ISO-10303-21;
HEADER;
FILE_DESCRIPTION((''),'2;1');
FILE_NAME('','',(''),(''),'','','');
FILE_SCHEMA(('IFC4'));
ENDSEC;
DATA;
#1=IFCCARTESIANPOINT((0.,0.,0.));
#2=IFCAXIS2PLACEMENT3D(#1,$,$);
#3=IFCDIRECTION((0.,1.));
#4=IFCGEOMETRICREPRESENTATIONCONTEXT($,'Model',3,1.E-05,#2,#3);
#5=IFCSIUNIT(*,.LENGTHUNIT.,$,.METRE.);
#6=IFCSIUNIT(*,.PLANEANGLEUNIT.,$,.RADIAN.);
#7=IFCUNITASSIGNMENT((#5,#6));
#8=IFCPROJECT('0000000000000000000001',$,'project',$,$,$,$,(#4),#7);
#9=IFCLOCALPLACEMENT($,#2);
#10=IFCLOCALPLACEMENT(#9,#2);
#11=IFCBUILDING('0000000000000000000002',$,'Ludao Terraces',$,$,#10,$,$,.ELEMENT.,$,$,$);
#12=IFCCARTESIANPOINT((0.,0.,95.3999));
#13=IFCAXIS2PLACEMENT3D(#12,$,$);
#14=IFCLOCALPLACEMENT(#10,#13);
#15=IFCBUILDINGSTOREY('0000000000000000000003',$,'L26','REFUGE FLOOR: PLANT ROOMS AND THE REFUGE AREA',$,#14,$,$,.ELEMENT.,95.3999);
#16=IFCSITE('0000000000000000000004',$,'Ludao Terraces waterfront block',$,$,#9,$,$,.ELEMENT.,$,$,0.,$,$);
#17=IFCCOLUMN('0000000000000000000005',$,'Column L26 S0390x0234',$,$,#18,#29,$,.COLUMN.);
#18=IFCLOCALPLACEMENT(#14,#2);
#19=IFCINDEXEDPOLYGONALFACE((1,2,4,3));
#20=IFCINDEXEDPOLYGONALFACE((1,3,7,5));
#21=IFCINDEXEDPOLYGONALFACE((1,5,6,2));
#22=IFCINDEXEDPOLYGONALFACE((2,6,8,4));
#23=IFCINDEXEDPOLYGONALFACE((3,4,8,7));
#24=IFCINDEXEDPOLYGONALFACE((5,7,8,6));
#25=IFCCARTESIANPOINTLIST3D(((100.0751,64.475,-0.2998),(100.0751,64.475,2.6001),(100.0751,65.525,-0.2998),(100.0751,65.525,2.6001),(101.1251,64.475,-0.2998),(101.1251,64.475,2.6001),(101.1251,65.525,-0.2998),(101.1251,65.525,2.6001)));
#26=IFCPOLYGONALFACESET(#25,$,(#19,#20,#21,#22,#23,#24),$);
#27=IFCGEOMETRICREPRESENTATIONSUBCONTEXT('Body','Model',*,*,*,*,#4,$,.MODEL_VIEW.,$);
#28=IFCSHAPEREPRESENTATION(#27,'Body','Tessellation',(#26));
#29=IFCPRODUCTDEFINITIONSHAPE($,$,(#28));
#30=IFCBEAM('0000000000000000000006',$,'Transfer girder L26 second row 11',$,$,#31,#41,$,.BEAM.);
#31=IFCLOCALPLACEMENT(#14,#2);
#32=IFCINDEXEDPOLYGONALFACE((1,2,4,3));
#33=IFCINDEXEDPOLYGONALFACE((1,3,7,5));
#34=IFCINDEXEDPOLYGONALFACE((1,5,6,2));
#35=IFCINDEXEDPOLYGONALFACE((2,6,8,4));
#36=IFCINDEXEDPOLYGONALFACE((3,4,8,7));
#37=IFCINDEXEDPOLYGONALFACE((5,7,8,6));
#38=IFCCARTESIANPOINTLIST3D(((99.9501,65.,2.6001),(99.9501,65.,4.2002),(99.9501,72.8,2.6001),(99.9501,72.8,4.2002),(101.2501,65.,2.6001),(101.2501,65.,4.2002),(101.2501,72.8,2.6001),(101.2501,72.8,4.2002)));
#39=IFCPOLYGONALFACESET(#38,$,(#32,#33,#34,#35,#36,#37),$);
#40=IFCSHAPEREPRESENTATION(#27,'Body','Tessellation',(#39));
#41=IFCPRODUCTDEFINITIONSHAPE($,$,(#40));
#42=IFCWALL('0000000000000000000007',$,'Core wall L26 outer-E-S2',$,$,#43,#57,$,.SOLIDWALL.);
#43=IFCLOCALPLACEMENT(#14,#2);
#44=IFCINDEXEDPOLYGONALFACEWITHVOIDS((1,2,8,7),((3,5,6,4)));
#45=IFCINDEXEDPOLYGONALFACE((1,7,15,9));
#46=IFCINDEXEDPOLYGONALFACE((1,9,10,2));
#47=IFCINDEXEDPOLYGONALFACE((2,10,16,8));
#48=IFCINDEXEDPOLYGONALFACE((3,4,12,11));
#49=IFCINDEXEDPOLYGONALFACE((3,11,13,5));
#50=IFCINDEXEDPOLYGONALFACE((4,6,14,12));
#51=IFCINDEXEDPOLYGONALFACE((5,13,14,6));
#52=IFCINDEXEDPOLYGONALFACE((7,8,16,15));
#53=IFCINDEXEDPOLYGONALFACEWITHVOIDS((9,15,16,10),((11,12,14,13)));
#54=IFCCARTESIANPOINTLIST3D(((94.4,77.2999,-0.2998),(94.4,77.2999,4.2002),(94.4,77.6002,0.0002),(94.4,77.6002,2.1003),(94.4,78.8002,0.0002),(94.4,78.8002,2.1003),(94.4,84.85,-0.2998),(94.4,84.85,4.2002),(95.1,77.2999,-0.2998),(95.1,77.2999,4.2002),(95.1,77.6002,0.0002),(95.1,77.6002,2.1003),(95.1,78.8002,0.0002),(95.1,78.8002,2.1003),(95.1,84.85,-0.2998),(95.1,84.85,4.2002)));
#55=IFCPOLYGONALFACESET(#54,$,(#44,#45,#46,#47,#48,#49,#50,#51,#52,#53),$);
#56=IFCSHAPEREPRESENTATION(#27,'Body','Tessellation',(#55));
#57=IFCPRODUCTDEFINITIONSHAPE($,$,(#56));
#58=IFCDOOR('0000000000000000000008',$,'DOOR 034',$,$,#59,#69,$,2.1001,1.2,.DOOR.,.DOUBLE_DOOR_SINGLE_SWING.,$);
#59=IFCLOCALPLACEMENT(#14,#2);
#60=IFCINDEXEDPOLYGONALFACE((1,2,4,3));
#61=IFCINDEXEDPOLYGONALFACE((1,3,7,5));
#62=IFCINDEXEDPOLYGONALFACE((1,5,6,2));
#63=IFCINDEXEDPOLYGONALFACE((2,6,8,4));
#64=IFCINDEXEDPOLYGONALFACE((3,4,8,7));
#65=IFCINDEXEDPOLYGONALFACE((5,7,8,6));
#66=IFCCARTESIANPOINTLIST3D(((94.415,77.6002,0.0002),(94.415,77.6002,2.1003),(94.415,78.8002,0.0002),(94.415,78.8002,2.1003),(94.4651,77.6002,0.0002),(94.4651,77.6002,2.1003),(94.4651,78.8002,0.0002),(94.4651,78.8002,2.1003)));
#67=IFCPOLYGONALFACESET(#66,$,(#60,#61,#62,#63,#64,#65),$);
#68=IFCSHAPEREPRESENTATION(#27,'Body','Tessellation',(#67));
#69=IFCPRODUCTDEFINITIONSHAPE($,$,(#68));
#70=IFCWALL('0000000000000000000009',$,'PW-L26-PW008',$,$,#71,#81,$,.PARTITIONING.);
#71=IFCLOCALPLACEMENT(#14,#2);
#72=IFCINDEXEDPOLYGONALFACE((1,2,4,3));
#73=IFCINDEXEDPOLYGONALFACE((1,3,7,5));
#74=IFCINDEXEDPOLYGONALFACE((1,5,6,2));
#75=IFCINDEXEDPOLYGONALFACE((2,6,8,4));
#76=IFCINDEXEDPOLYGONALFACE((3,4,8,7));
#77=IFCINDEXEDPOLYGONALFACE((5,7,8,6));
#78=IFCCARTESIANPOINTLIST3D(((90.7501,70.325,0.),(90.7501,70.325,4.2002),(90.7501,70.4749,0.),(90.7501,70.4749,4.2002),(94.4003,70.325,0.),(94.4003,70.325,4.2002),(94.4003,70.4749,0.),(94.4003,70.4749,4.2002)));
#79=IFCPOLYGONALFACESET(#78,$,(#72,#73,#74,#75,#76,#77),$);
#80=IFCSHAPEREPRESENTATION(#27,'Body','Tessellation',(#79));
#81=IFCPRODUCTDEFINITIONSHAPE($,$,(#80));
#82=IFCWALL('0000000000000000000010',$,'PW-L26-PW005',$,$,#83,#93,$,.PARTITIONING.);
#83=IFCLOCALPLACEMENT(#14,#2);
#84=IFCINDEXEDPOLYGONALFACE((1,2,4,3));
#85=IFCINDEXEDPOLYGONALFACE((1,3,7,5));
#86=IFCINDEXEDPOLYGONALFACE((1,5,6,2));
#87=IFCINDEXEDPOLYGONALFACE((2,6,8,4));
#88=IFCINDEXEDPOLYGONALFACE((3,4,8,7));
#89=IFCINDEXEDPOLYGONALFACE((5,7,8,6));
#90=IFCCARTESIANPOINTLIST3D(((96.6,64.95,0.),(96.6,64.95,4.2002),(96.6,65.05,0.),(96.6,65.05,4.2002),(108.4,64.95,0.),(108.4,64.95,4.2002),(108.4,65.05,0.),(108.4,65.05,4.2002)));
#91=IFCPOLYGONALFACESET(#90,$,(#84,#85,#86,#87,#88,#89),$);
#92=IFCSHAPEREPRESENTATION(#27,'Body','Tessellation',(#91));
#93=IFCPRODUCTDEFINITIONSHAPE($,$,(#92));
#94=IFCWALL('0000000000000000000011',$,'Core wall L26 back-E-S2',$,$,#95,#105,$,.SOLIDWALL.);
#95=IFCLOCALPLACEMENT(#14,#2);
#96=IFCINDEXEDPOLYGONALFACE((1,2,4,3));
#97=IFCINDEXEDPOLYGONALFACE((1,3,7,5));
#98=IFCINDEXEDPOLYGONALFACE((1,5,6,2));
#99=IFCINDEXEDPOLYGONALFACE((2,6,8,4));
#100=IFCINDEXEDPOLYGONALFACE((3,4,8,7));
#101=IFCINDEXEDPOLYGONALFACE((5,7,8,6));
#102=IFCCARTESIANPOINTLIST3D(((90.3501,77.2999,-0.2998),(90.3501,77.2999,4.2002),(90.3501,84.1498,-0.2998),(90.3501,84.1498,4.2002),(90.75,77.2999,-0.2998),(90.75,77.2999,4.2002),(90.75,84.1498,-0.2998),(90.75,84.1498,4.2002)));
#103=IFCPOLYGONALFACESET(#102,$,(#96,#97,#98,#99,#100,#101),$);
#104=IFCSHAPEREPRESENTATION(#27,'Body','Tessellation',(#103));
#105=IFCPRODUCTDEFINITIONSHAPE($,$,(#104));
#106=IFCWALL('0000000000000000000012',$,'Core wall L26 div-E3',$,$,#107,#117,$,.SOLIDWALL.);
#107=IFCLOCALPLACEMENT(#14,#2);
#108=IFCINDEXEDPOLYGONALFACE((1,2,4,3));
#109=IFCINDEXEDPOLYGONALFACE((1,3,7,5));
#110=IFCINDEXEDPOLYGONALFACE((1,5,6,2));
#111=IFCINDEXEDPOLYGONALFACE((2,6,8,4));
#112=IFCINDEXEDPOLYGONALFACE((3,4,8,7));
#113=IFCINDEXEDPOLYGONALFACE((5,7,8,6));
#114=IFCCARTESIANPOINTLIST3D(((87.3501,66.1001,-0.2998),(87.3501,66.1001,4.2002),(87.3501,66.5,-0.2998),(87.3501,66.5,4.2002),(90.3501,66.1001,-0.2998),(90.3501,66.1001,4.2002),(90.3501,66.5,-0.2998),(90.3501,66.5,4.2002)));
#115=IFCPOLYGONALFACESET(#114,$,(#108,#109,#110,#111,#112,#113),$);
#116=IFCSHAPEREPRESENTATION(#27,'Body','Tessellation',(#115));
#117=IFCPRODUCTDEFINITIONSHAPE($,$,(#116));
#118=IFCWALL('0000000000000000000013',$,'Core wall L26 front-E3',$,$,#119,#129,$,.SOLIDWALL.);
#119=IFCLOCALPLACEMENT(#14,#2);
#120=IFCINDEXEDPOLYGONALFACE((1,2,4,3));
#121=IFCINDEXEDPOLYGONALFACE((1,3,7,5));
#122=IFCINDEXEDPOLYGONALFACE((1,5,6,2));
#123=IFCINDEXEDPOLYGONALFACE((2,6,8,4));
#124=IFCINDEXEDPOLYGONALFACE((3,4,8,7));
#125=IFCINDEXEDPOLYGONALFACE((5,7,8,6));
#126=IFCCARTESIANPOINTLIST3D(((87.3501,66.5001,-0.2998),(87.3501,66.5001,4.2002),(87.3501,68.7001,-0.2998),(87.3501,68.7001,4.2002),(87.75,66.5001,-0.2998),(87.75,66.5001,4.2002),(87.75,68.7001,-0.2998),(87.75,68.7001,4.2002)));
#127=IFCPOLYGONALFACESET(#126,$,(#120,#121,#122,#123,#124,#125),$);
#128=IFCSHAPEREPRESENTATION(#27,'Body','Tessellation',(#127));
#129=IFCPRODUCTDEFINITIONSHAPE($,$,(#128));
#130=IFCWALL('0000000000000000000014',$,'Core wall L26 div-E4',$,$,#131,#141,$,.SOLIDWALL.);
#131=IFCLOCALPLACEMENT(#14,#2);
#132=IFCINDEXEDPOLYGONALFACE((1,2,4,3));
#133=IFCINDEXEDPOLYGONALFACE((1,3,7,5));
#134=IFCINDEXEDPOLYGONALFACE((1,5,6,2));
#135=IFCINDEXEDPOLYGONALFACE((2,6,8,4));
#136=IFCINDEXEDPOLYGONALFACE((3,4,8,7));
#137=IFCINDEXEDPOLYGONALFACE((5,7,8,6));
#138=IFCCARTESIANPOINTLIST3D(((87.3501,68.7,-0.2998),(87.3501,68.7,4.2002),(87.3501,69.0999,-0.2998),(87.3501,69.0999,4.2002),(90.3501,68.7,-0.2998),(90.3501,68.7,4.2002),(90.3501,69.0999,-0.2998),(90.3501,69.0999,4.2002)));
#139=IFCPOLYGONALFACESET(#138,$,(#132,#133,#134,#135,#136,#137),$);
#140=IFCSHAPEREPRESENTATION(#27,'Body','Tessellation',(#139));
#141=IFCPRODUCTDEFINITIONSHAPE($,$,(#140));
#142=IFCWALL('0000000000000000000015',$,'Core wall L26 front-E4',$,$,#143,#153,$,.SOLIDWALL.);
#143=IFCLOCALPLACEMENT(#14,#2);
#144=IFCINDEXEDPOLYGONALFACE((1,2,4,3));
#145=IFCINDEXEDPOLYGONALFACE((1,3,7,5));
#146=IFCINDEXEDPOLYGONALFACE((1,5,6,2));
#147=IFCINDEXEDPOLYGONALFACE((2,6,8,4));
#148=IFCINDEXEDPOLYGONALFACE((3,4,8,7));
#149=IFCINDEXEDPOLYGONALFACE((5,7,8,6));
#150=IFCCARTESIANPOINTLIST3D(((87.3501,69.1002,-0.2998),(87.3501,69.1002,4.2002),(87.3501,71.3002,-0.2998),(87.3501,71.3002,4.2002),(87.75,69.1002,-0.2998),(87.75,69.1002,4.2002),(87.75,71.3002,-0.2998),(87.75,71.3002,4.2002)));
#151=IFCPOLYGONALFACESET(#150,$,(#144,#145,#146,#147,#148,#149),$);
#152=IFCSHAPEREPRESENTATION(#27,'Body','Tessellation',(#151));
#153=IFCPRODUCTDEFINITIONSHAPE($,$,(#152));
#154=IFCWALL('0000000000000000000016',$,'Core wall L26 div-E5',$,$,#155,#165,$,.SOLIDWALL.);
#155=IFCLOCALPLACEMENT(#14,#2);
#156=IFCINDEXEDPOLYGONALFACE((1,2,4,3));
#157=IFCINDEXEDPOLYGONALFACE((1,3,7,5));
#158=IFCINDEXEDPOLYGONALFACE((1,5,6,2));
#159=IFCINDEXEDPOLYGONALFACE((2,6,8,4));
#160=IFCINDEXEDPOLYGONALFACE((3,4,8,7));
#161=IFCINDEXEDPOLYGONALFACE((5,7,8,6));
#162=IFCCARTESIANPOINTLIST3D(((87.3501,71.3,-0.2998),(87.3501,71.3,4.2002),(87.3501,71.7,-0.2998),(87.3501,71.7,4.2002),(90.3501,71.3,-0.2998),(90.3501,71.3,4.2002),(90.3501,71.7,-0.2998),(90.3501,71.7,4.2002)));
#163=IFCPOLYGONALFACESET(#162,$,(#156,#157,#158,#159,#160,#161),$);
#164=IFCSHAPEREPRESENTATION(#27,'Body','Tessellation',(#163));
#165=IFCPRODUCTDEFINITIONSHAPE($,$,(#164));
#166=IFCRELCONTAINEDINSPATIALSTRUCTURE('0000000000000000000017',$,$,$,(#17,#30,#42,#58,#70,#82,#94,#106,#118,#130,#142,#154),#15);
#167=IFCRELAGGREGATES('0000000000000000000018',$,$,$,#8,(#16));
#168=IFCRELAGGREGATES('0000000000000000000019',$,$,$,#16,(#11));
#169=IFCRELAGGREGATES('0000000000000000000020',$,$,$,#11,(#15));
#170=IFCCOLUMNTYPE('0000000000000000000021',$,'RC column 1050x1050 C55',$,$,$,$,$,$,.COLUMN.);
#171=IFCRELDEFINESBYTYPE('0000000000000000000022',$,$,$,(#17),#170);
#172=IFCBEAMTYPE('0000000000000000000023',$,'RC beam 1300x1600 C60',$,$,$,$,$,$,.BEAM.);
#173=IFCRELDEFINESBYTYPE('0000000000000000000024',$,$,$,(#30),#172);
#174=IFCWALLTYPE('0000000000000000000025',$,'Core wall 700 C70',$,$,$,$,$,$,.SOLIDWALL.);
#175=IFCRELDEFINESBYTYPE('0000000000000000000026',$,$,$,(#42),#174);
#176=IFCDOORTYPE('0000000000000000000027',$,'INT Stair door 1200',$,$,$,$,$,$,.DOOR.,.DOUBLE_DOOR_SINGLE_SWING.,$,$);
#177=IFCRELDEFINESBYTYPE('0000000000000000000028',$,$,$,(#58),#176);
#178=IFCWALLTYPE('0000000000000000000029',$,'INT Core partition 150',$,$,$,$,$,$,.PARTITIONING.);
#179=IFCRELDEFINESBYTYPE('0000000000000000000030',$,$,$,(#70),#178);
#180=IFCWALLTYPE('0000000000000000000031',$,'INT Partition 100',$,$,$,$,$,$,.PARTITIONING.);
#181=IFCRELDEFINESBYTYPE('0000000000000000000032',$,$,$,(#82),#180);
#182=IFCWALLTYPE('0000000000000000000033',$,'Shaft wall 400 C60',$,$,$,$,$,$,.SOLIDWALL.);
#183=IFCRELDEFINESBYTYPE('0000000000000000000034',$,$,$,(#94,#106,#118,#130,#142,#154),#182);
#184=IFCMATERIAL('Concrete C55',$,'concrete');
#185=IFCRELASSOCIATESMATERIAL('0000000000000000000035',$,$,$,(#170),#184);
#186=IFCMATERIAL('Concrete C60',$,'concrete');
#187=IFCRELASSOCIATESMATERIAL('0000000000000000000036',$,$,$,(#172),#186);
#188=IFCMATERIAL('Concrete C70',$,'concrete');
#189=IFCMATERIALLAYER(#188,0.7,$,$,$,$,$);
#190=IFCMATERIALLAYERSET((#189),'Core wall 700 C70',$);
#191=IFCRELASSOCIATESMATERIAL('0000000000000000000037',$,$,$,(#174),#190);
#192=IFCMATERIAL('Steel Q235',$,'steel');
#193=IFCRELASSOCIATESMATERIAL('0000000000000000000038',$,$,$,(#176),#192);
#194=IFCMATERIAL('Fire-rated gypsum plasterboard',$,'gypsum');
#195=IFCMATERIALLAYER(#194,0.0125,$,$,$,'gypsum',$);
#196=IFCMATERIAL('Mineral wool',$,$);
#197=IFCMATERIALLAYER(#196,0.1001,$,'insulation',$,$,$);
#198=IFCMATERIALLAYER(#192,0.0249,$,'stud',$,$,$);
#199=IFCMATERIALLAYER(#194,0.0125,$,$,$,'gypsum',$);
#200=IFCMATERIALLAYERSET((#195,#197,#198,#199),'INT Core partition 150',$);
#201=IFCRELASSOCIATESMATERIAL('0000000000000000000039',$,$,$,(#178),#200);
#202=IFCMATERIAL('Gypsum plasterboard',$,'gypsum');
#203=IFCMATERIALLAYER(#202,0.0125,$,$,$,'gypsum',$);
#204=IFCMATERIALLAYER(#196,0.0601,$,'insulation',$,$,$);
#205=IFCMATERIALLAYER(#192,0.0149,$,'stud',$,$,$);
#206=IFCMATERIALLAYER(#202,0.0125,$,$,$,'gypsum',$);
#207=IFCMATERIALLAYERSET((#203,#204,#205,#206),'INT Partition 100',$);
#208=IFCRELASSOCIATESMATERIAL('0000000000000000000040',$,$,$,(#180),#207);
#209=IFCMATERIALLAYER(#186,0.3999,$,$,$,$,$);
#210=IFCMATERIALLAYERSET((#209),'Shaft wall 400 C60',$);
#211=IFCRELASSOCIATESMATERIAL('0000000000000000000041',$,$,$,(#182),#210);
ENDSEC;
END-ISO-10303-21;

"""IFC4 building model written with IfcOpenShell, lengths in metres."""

from ifc_helpers import new_model, si_unit, direction, frame, frame_2d, origin, origin_2d, place, context, subcontext, project, spatial, rectangle, extrude, material, layer, layer_set, material_profile, profile_set, type_object, element, fill, save


model = new_model("IFC4")

# Units and contexts
model_context = context("Model", 3, precision=1e-05, world=origin(), true_north=direction((0.0, 1.0)))
body_context = subcontext(model_context, "Body", "Model", "MODEL_VIEW")
ifc_project = project(units=[si_unit("LENGTHUNIT", "METRE"), si_unit("PLANEANGLEUNIT", "RADIAN")], contexts=[model_context])

# Site, building, storey
site_placement = place(None, origin())
site = spatial("IfcSite", under=ifc_project, at=site_placement, Name="Ludao Terraces waterfront block", CompositionType="ELEMENT", RefElevation=0.0)
building_placement = place(site_placement, origin())
building = spatial("IfcBuilding", under=site, at=building_placement, Name="Ludao Terraces", CompositionType="ELEMENT")
storey_placement = place(building_placement, frame((0.0, 0.0, 95.3999)))
storey = spatial("IfcBuildingStorey", under=building, at=storey_placement, Name="L26", Description="REFUGE FLOOR: PLANT ROOMS AND THE REFUGE AREA", CompositionType="ELEMENT", Elevation=95.3999)

# Column
ifc_material_1 = material(Name="Concrete C55", Category="concrete")
ifc_material_profile_1 = material_profile(ifc_material_1, rectangle(XDim=1.05, YDim=1.05, at=origin_2d()), Name="1050 X 1050")
ifc_profile_set_1 = profile_set([ifc_material_profile_1], Name="Concrete C55")
column_type = type_object("IfcColumnType", Name="RC column 1050x1050 C55", PredefinedType="COLUMN", material=ifc_profile_set_1)
column_placement = place(storey_placement, frame((100.6001, 65.0, -0.2998), z_axis=(0.0, 0.0, 1.0), x_axis=(1.0, 0.0, 0.0)))
element("IfcColumn", 1, at=column_placement, inside=storey, type_object=column_type, Name="Column L26 S0390x0234", PredefinedType="COLUMN", context=body_context, shape_type="SweptSolid", body=[
    extrude(rectangle(XDim=1.05, YDim=1.05, at=origin_2d()), origin(), (0.0, 0.0, 1.0), 2.8999),
])

# Beam
ifc_material_2 = material(Name="Concrete C60", Category="concrete")
ifc_material_profile_2 = material_profile(ifc_material_2, rectangle(XDim=1.3, YDim=1.6001, at=origin_2d()), Name="1300 X 1600")
ifc_profile_set_2 = profile_set([ifc_material_profile_2], Name="Concrete C60")
beam_type = type_object("IfcBeamType", Name="RC beam 1300x1600 C60", PredefinedType="BEAM", material=ifc_profile_set_2)
beam_placement = place(storey_placement, frame((100.6001, 65.0, 3.4001), z_axis=(0.0, 1.0, 0.0), x_axis=(-1.0, 0.0, 0.0)))
element("IfcBeam", 2, at=beam_placement, inside=storey, type_object=beam_type, Name="Transfer girder L26 second row 11", PredefinedType="BEAM", context=body_context, shape_type="SweptSolid", body=[
    extrude(rectangle(XDim=1.3, YDim=1.6001, at=origin_2d()), origin(), (0.0, 0.0, 1.0), 7.8),
])

# Wall, opening, door
ifc_material_3 = material(Name="Concrete C70", Category="concrete")
ifc_layer_1 = layer(ifc_material_3, 0.7)
ifc_layer_set_1 = layer_set([ifc_layer_1], Name="Core wall 700 C70")
wall_type_1 = type_object("IfcWallType", Name="Core wall 700 C70", PredefinedType="SOLIDWALL", material=ifc_layer_set_1)
wall_1_placement = place(storey_placement, frame((94.75, 77.3, -0.2998), z_axis=(0.0, 0.0, 1.0), x_axis=(0.0, 1.0, 0.0)))
wall_1 = element("IfcWall", 3, at=wall_1_placement, inside=storey, type_object=wall_type_1, Name="Core wall L26 outer-E-S2", PredefinedType="SOLIDWALL", context=body_context, shape_type="SweptSolid", body=[
    extrude(rectangle(XDim=7.55, YDim=0.7, at=frame_2d((3.7749, 0.0))), origin(), (0.0, 0.0, 1.0), 4.5),
])
opening_1_placement = place(wall_1_placement, frame((0.3, 0.0, 0.3)))
opening_1 = element("IfcOpeningElement", 4, at=opening_1_placement, cuts=wall_1, PredefinedType="OPENING", context=body_context, shape_type="SweptSolid", body=[
    extrude(rectangle(XDim=1.2, YDim=2.1001, at=frame_2d((0.6001, 1.05))), frame((0.0, 0.3599, 0.0), z_axis=(0.0, -1.0, 0.0), x_axis=(1.0, 0.0, 0.0)), (0.0, 0.0, 1.0), 0.72),
])
ifc_material_4 = material(Name="Steel Q235", Category="steel")
door_type_1 = type_object("IfcDoorType", Name="INT Stair door 1200", OperationType="DOUBLE_DOOR_SINGLE_SWING", PredefinedType="DOOR", material=ifc_material_4)
door_1_placement = place(opening_1_placement, origin())
door_1 = element("IfcDoor", 5, at=door_1_placement, inside=storey, type_object=door_type_1, Name="DOOR 034", OperationType="DOUBLE_DOOR_SINGLE_SWING", OverallHeight=2.1001, OverallWidth=1.2, PredefinedType="DOOR", context=body_context, shape_type="SweptSolid", body=[
    extrude(rectangle(XDim=1.2, YDim=2.1001, at=frame_2d((0.6001, 1.05))), frame((0.0, 0.335, 0.0), z_axis=(0.0, -1.0, 0.0), x_axis=(1.0, 0.0, 0.0)), (0.0, 0.0, 1.0), 0.05),
])
fill(opening_1, door_1)

# Walls
ifc_material_5 = material(Name="Fire-rated gypsum plasterboard", Category="gypsum")
ifc_layer_2 = layer(ifc_material_5, 0.0125, Category="gypsum")
ifc_material_6 = material(Name="Mineral wool")
ifc_layer_3 = layer(ifc_material_6, 0.1001, Name="insulation")
ifc_layer_4 = layer(ifc_material_4, 0.0249, Name="stud")
ifc_layer_5 = layer(ifc_material_5, 0.0125, Category="gypsum")
ifc_layer_set_2 = layer_set([ifc_layer_2, ifc_layer_3, ifc_layer_4, ifc_layer_5], Name="INT Core partition 150")
wall_type_2 = type_object("IfcWallType", Name="INT Core partition 150", PredefinedType="PARTITIONING", material=ifc_layer_set_2)
wall_2_placement = place(storey_placement, frame((90.75, 70.3999, 0.0), z_axis=(0.0, 0.0, 1.0), x_axis=(1.0, 0.0, 0.0)))
element("IfcWall", 6, at=wall_2_placement, inside=storey, type_object=wall_type_2, Name="PW-L26-PW008", PredefinedType="PARTITIONING", context=body_context, shape_type="SweptSolid", body=[
    extrude(rectangle(XDim=3.6501, YDim=0.1499, at=frame_2d((1.8252, 0.0))), origin(), (0.0, 0.0, 1.0), 4.2002),
])
ifc_material_7 = material(Name="Gypsum plasterboard", Category="gypsum")
ifc_layer_6 = layer(ifc_material_7, 0.0125, Category="gypsum")
ifc_layer_7 = layer(ifc_material_6, 0.0601, Name="insulation")
ifc_layer_8 = layer(ifc_material_4, 0.0149, Name="stud")
ifc_layer_9 = layer(ifc_material_7, 0.0125, Category="gypsum")
ifc_layer_set_3 = layer_set([ifc_layer_6, ifc_layer_7, ifc_layer_8, ifc_layer_9], Name="INT Partition 100")
wall_type_3 = type_object("IfcWallType", Name="INT Partition 100", PredefinedType="PARTITIONING", material=ifc_layer_set_3)
wall_3_placement = place(storey_placement, frame((96.6001, 65.0, 0.0), z_axis=(0.0, 0.0, 1.0), x_axis=(1.0, 0.0, 0.0)))
element("IfcWall", 7, at=wall_3_placement, inside=storey, type_object=wall_type_3, Name="PW-L26-PW005", PredefinedType="PARTITIONING", context=body_context, shape_type="SweptSolid", body=[
    extrude(rectangle(XDim=11.8, YDim=0.1001, at=frame_2d((5.8999, 0.0))), origin(), (0.0, 0.0, 1.0), 4.2002),
])
ifc_layer_10 = layer(ifc_material_2, 0.3999)
ifc_layer_set_4 = layer_set([ifc_layer_10], Name="Shaft wall 400 C60")
wall_type_4 = type_object("IfcWallType", Name="Shaft wall 400 C60", PredefinedType="SOLIDWALL", material=ifc_layer_set_4)
wall_4_placement = place(storey_placement, frame((90.55, 77.3, -0.2998), z_axis=(0.0, 0.0, 1.0), x_axis=(0.0, 1.0, 0.0)))
element("IfcWall", 8, at=wall_4_placement, inside=storey, type_object=wall_type_4, Name="Core wall L26 back-E-S2", PredefinedType="SOLIDWALL", context=body_context, shape_type="SweptSolid", body=[
    extrude(rectangle(XDim=6.8499, YDim=0.3999, at=frame_2d((3.4248, 0.0))), origin(), (0.0, 0.0, 1.0), 4.5),
])
wall_5_placement = place(storey_placement, frame((87.3501, 66.3, -0.2998), z_axis=(0.0, 0.0, 1.0), x_axis=(1.0, 0.0, 0.0)))
element("IfcWall", 9, at=wall_5_placement, inside=storey, type_object=wall_type_4, Name="Core wall L26 div-E3", PredefinedType="SOLIDWALL", context=body_context, shape_type="SweptSolid", body=[
    extrude(rectangle(XDim=3.0, YDim=0.3999, at=frame_2d((1.5, 0.0))), origin(), (0.0, 0.0, 1.0), 4.5),
])
wall_6_placement = place(storey_placement, frame((87.55, 66.5, -0.2998), z_axis=(0.0, 0.0, 1.0), x_axis=(0.0, 1.0, 0.0)))
element("IfcWall", 10, at=wall_6_placement, inside=storey, type_object=wall_type_4, Name="Core wall L26 front-E3", PredefinedType="SOLIDWALL", context=body_context, shape_type="SweptSolid", body=[
    extrude(rectangle(XDim=2.2, YDim=0.3999, at=frame_2d((1.1001, 0.0))), origin(), (0.0, 0.0, 1.0), 4.5),
])
wall_7_placement = place(storey_placement, frame((87.3501, 68.8999, -0.2998), z_axis=(0.0, 0.0, 1.0), x_axis=(1.0, 0.0, 0.0)))
element("IfcWall", 11, at=wall_7_placement, inside=storey, type_object=wall_type_4, Name="Core wall L26 div-E4", PredefinedType="SOLIDWALL", context=body_context, shape_type="SweptSolid", body=[
    extrude(rectangle(XDim=3.0, YDim=0.3999, at=frame_2d((1.5, 0.0))), origin(), (0.0, 0.0, 1.0), 4.5),
])
wall_8_placement = place(storey_placement, frame((87.55, 69.1001, -0.2998), z_axis=(0.0, 0.0, 1.0), x_axis=(0.0, 1.0, 0.0)))
element("IfcWall", 12, at=wall_8_placement, inside=storey, type_object=wall_type_4, Name="Core wall L26 front-E4", PredefinedType="SOLIDWALL", context=body_context, shape_type="SweptSolid", body=[
    extrude(rectangle(XDim=2.2, YDim=0.3999, at=frame_2d((1.1001, 0.0))), origin(), (0.0, 0.0, 1.0), 4.5),
])
wall_9_placement = place(storey_placement, frame((87.3501, 71.5, -0.2998), z_axis=(0.0, 0.0, 1.0), x_axis=(1.0, 0.0, 0.0)))
element("IfcWall", 13, at=wall_9_placement, inside=storey, type_object=wall_type_4, Name="Core wall L26 div-E5", PredefinedType="SOLIDWALL", context=body_context, shape_type="SweptSolid", body=[
    extrude(rectangle(XDim=3.0, YDim=0.3999, at=frame_2d((1.5, 0.0))), origin(), (0.0, 0.0, 1.0), 4.5),
])

save(model, "model.ifc")
